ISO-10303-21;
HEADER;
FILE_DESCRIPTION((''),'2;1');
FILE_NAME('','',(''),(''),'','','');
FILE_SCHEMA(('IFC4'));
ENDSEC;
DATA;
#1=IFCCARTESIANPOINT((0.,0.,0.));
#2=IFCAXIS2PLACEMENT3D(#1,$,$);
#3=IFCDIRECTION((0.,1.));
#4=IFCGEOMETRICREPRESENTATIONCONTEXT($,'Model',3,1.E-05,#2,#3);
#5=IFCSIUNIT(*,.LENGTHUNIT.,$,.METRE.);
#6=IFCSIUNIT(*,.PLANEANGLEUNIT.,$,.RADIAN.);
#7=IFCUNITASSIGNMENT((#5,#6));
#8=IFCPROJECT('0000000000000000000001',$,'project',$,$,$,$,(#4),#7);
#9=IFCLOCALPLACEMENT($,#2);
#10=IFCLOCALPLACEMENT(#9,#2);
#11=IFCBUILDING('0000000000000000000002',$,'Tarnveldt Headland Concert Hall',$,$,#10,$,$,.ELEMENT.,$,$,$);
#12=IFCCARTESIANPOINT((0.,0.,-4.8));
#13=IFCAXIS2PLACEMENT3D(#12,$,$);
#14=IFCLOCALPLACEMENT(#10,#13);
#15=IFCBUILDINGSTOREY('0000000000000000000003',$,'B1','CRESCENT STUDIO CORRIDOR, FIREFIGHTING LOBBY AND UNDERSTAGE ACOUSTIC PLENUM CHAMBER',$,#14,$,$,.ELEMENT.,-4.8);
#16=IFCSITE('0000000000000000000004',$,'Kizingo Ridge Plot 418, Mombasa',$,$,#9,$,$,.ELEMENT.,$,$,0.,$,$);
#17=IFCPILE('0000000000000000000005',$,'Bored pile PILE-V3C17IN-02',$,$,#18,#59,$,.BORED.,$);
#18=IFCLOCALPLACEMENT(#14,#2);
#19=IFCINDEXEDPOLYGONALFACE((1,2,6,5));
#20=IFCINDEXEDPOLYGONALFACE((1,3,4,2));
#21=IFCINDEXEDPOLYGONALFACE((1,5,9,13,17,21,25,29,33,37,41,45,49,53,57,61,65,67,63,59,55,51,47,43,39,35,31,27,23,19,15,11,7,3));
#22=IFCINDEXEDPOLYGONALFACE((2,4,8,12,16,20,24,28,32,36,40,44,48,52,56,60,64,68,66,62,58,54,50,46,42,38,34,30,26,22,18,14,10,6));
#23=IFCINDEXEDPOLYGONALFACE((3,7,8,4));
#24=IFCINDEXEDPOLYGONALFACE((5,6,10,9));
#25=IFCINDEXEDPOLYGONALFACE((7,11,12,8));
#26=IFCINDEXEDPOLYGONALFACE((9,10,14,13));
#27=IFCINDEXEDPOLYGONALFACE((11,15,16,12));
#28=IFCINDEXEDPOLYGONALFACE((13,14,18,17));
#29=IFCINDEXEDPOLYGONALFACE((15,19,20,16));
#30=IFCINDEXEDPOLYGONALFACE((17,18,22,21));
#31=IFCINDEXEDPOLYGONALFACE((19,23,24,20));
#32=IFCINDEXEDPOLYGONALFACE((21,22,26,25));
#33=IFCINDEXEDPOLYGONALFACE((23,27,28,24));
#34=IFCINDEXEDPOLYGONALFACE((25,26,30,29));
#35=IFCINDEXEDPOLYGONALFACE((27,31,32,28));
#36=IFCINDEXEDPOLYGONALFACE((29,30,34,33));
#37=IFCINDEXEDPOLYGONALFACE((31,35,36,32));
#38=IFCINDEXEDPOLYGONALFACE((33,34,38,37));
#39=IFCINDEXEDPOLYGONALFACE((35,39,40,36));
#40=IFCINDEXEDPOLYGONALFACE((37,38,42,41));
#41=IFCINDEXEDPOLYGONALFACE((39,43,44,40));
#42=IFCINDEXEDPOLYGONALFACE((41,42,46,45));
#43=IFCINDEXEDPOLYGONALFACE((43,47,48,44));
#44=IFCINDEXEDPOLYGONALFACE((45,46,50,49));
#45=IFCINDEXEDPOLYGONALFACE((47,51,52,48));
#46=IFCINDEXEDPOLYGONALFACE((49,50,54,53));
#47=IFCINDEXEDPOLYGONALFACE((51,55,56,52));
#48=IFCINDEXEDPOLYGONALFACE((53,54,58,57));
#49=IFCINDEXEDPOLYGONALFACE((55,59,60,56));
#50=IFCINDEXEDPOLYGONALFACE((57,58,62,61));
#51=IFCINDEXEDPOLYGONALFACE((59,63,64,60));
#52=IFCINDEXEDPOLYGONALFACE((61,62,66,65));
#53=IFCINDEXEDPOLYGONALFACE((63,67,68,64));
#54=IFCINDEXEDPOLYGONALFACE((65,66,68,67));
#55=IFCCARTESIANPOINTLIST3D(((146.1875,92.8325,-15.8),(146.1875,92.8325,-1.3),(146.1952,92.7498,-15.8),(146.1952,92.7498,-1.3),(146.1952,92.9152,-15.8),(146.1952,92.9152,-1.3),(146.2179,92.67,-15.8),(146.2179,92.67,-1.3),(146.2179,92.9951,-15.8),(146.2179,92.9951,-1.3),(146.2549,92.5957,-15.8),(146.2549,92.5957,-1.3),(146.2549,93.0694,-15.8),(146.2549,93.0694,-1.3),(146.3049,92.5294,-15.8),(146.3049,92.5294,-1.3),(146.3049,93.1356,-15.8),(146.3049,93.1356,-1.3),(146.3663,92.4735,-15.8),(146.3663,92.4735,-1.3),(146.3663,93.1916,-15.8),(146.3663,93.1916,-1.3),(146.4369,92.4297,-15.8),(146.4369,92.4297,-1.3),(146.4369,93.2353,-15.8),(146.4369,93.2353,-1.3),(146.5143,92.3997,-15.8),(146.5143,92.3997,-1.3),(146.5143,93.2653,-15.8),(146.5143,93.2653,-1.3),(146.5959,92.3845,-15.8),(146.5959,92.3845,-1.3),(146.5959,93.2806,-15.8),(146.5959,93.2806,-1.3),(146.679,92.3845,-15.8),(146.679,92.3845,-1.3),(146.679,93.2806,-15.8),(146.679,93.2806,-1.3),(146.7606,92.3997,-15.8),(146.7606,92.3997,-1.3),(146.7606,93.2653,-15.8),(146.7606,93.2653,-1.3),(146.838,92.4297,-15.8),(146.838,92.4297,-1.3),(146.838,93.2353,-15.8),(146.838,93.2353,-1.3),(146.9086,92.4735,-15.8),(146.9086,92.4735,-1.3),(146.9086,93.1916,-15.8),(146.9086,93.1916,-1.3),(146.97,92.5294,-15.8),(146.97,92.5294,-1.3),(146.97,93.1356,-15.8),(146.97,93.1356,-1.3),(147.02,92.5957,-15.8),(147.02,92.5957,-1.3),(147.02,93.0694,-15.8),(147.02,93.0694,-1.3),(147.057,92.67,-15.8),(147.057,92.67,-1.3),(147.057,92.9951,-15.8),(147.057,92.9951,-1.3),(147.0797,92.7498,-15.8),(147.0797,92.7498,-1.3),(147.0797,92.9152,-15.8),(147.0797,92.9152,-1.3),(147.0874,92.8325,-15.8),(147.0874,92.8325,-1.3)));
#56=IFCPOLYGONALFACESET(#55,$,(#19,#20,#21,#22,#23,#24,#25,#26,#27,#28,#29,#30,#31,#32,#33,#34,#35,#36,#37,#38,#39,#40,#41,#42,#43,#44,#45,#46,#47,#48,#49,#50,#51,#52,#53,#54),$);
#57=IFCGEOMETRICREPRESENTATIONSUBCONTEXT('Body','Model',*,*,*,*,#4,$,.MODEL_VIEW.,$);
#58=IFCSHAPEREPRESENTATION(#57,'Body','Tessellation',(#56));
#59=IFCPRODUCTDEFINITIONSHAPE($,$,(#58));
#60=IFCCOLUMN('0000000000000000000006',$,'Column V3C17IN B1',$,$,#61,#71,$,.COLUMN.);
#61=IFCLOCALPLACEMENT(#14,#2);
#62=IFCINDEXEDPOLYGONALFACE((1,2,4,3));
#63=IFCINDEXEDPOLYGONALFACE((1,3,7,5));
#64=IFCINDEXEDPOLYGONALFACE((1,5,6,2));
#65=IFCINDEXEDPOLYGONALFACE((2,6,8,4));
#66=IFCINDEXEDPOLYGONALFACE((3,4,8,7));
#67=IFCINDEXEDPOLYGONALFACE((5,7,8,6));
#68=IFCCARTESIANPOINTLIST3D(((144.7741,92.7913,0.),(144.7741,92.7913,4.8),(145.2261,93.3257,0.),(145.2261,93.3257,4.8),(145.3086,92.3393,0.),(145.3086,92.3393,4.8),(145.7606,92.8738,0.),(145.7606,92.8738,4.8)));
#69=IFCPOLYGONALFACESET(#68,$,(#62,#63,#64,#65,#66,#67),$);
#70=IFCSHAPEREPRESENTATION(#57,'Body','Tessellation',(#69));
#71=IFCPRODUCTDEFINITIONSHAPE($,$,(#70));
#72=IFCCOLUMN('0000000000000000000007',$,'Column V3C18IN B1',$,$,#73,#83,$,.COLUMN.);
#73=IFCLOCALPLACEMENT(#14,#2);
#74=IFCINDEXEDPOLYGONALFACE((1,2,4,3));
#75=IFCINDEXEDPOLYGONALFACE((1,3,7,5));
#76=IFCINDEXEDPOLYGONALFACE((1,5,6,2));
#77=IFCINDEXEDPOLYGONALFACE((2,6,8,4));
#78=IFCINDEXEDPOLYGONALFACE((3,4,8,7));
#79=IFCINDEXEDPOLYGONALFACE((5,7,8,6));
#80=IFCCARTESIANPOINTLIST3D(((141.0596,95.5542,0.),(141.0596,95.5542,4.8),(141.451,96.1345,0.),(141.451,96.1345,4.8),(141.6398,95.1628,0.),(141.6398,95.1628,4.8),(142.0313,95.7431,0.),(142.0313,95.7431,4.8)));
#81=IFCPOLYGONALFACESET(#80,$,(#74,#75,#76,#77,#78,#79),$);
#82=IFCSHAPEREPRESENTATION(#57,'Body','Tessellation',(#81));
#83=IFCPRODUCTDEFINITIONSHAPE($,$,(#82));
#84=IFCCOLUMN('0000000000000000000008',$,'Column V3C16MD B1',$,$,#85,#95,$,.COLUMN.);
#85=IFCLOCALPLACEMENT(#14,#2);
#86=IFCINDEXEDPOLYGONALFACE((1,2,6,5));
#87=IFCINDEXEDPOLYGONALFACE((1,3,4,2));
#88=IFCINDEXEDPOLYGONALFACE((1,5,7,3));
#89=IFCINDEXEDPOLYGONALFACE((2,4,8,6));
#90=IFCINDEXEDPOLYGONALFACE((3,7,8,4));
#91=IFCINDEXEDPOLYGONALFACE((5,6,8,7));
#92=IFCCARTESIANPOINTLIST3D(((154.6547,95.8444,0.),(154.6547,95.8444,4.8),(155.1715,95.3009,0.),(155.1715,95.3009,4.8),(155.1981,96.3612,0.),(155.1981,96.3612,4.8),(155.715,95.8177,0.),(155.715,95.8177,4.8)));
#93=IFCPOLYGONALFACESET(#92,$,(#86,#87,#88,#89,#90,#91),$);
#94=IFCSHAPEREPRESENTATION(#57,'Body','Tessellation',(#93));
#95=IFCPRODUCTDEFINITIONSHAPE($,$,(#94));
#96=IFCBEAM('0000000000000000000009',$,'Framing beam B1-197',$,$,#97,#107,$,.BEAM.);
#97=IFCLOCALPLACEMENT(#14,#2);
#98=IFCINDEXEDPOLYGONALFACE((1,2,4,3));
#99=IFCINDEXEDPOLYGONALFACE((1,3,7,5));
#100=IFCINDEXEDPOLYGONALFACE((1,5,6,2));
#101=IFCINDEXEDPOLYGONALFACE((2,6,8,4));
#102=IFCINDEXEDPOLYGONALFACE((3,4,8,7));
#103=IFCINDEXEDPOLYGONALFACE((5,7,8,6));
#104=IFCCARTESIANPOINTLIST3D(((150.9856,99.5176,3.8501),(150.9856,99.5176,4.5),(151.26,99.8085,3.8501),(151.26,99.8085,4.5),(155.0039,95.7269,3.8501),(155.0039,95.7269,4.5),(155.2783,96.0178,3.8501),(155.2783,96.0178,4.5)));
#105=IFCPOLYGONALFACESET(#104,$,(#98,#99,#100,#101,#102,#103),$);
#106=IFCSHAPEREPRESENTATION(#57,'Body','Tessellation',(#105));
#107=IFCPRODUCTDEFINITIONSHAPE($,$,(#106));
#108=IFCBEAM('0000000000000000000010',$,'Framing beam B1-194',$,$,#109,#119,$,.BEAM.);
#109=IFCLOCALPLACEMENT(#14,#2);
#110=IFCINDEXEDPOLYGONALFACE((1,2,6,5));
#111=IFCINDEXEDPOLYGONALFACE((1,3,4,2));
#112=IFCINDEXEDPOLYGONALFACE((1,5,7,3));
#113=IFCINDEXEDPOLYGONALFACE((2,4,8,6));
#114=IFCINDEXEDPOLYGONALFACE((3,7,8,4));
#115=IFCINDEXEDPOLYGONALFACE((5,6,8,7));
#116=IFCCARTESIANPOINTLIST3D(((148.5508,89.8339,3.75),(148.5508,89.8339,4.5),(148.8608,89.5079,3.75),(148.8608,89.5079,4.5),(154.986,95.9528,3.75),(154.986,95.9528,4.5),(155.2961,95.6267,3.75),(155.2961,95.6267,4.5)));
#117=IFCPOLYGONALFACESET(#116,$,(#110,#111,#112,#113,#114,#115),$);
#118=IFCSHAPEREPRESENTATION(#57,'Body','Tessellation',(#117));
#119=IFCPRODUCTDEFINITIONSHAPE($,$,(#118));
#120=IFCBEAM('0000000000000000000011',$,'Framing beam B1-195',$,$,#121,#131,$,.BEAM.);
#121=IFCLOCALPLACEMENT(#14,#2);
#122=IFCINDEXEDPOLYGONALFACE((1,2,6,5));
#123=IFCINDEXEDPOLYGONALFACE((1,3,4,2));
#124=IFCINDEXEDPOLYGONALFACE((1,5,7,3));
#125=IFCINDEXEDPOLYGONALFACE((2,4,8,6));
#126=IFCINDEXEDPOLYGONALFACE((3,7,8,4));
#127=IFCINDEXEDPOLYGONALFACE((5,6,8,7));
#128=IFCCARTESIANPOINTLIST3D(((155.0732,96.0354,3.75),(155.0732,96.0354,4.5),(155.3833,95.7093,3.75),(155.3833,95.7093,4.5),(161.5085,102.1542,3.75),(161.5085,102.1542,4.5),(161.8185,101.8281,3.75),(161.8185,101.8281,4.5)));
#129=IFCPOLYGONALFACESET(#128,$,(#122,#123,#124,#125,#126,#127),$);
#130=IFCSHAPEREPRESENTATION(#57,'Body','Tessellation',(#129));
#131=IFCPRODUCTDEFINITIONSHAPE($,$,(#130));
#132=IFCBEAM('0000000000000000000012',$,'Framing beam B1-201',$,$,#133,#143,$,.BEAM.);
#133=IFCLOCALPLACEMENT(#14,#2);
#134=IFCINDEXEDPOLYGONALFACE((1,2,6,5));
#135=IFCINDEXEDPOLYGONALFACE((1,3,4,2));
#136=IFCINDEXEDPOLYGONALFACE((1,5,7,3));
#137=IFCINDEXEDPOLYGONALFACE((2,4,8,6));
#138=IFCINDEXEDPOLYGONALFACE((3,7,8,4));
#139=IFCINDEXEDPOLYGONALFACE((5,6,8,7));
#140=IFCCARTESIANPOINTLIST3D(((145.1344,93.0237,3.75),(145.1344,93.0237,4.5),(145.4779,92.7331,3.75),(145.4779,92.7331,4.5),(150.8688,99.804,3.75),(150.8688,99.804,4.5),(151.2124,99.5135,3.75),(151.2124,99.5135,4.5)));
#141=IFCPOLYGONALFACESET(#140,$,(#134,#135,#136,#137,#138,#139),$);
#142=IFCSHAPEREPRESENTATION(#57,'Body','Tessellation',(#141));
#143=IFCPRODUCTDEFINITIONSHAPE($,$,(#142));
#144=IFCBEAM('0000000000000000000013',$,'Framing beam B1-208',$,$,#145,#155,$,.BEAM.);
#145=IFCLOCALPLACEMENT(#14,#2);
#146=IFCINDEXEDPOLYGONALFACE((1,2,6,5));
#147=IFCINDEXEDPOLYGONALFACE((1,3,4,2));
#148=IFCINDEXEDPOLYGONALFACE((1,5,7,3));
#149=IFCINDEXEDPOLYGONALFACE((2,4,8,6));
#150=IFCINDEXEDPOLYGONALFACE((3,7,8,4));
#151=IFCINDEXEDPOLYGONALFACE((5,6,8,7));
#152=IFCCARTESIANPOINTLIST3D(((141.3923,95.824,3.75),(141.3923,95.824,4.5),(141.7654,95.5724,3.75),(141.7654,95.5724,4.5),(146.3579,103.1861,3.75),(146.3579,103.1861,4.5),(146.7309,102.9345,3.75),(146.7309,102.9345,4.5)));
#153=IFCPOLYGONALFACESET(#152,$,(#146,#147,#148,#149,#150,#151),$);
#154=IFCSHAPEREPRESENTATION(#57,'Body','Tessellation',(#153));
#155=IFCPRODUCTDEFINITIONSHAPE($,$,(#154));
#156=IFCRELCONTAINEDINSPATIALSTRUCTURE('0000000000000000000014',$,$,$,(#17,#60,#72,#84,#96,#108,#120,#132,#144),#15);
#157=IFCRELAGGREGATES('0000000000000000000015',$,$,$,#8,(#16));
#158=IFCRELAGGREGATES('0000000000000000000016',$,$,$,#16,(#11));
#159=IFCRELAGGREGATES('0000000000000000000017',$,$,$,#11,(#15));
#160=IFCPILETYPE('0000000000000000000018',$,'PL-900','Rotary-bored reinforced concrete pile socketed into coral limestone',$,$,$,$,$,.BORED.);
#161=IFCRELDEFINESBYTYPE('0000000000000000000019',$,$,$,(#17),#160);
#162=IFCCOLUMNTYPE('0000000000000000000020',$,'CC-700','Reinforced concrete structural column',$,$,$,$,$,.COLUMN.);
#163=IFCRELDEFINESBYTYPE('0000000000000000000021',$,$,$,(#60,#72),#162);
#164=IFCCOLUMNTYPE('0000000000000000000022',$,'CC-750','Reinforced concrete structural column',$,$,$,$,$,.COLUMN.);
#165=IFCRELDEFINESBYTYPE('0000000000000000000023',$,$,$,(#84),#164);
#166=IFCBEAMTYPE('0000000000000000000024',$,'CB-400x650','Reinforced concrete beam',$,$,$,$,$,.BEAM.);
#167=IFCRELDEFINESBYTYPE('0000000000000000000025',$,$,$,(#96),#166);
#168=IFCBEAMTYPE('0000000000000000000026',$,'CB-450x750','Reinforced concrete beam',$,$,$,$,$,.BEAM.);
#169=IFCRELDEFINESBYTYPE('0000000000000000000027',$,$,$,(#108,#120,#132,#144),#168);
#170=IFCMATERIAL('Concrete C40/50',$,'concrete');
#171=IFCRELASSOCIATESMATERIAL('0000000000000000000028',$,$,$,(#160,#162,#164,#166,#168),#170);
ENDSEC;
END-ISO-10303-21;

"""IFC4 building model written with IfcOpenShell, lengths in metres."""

from ifc_helpers import new_model, si_unit, direction, frame, origin, origin_2d, place, context, subcontext, project, spatial, rectangle, circle, extrude, material, material_profile, profile_set, type_object, element, save


model = new_model("IFC4")

# Units and contexts
model_context = context("Model", 3, precision=1e-05, world=origin(), true_north=direction((0.0, 1.0)))
body_context = subcontext(model_context, "Body", "Model", "MODEL_VIEW")
ifc_project = project(units=[si_unit("LENGTHUNIT", "METRE"), si_unit("PLANEANGLEUNIT", "RADIAN")], contexts=[model_context])

# Site, building, storey
site_placement = place(None, origin())
site = spatial("IfcSite", under=ifc_project, at=site_placement, Name="Kizingo Ridge Plot 418, Mombasa", CompositionType="ELEMENT", RefElevation=0.0)
building_placement = place(site_placement, origin())
building = spatial("IfcBuilding", under=site, at=building_placement, Name="Tarnveldt Headland Concert Hall", CompositionType="ELEMENT")
storey_placement = place(building_placement, frame((0.0, 0.0, -4.8)))
storey = spatial("IfcBuildingStorey", under=building, at=storey_placement, Name="B1", Description="CRESCENT STUDIO CORRIDOR, FIREFIGHTING LOBBY AND UNDERSTAGE ACOUSTIC PLENUM CHAMBER", CompositionType="ELEMENT", Elevation=-4.8)

# Shared definitions
ifc_material_1 = material(Name="Concrete C40/50", Category="concrete")

# Pile
ifc_material_profile_1 = material_profile(ifc_material_1, circle(Radius=0.45, at=origin_2d()), Name="BORED PILE D900", Category="concrete")
ifc_profile_set_1 = profile_set([ifc_material_profile_1], Name="Concrete C40/50")
pile_type_1 = type_object("IfcPileType", Name="PL-900", Description="Rotary-bored reinforced concrete pile socketed into coral limestone", PredefinedType="BORED", material=ifc_profile_set_1)
for number, where, z_axis, x_axis, name in (
    (1, (146.6375, 92.8325, -1.3), (0.0, 0.0, -1.0), (1.0, 0.0, 0.0), "Bored pile PILE-V3C17IN-02"),
):
    element("IfcPile", number, at=place(storey_placement, frame(where, z_axis=z_axis, x_axis=x_axis)), inside=storey, type_object=pile_type_1, Name=name, PredefinedType="BORED", context=body_context, shape_type="SweptSolid", body=[
        extrude(circle(Radius=0.45, at=origin_2d()), origin(), (0.0, 0.0, 1.0), 14.5),
    ])

# Columns
ifc_material_profile_2 = material_profile(ifc_material_1, rectangle(XDim=0.7, YDim=0.7, at=origin_2d()), Name="RC 700x700", Category="concrete")
ifc_profile_set_2 = profile_set([ifc_material_profile_2], Name="Concrete C40/50")
column_type_1 = type_object("IfcColumnType", Name="CC-700", Description="Reinforced concrete structural column", PredefinedType="COLUMN", material=ifc_profile_set_2)
for number, where, z_axis, x_axis, name in (
    (2, (145.2673, 92.8325, 0.0), (0.0, 0.0, 1.0), (0.645724, 0.763571, 0.0), "Column V3C17IN B1"),
    (3, (141.5454, 95.6487, 0.0), (0.0, 0.0, 1.0), (0.559193, 0.829038, 0.0), "Column V3C18IN B1"),
):
    element("IfcColumn", number, at=place(storey_placement, frame(where, z_axis=z_axis, x_axis=x_axis)), inside=storey, type_object=column_type_1, Name=name, PredefinedType="COLUMN", context=body_context, shape_type="SweptSolid", body=[
        extrude(rectangle(XDim=0.7, YDim=0.7, at=origin_2d()), origin(), (0.0, 0.0, 1.0), 4.8),
    ])
ifc_material_profile_3 = material_profile(ifc_material_1, rectangle(XDim=0.75, YDim=0.75, at=origin_2d()), Name="RC 750x750", Category="concrete")
ifc_profile_set_3 = profile_set([ifc_material_profile_3], Name="Concrete C40/50")
column_type_2 = type_object("IfcColumnType", Name="CC-750", Description="Reinforced concrete structural column", PredefinedType="COLUMN", material=ifc_profile_set_3)
column_placement = place(storey_placement, frame((155.1848, 95.8311, 0.0), z_axis=(0.0, 0.0, 1.0), x_axis=(0.724653, 0.689114, 0.0)))
element("IfcColumn", 4, at=column_placement, inside=storey, type_object=column_type_2, Name="Column V3C16MD B1", PredefinedType="COLUMN", context=body_context, shape_type="SweptSolid", body=[
    extrude(rectangle(XDim=0.75, YDim=0.75, at=origin_2d()), origin(), (0.0, 0.0, 1.0), 4.8),
])

# Beams
ifc_material_profile_4 = material_profile(ifc_material_1, rectangle(XDim=0.3999, YDim=0.6499, at=origin_2d()), Name="RC 400x650", Category="concrete")
ifc_profile_set_4 = profile_set([ifc_material_profile_4], Name="Concrete C40/50")
beam_type_1 = type_object("IfcBeamType", Name="CB-400x650", Description="Reinforced concrete beam", PredefinedType="BEAM", material=ifc_profile_set_4)
beam_1_placement = place(storey_placement, frame((155.1411, 95.8723, 4.175), z_axis=(-0.727402, 0.686212, 0.0), x_axis=(-0.686212, -0.727402, 0.0)))
element("IfcBeam", 5, at=beam_1_placement, inside=storey, type_object=beam_type_1, Name="Framing beam B1-197", PredefinedType="BEAM", context=body_context, shape_type="SweptSolid", body=[
    extrude(rectangle(XDim=0.3999, YDim=0.6499, at=origin_2d()), origin(), (0.0, 0.0, 1.0), 5.5242),
])
ifc_material_profile_5 = material_profile(ifc_material_1, rectangle(XDim=0.45, YDim=0.75, at=origin_2d()), Name="RC 450x750", Category="concrete")
ifc_profile_set_5 = profile_set([ifc_material_profile_5], Name="Concrete C40/50")
beam_type_2 = type_object("IfcBeamType", Name="CB-450x750", Description="Reinforced concrete beam", PredefinedType="BEAM", material=ifc_profile_set_5)
for number, where, z_axis, x_axis, name in (
    (6, (148.7058, 89.6709, 4.125), (0.724698, 0.689067, 0.0), (-0.689067, 0.724698, 0.0), "Framing beam B1-194"),
    (7, (155.2283, 95.8723, 4.125), (0.724698, 0.689067, 0.0), (-0.689067, 0.724698, 0.0), "Framing beam B1-195"),
):
    element("IfcBeam", number, at=place(storey_placement, frame(where, z_axis=z_axis, x_axis=x_axis)), inside=storey, type_object=beam_type_2, Name=name, PredefinedType="BEAM", context=body_context, shape_type="SweptSolid", body=[
        extrude(rectangle(XDim=0.45, YDim=0.75, at=origin_2d()), origin(), (0.0, 0.0, 1.0), 8.8799),
    ])
for number, where, z_axis, x_axis, name in (
    (8, (145.3062, 92.8784, 4.125), (0.64576, 0.763541, 0.0), (-0.763541, 0.64576, 0.0), "Framing beam B1-201"),
    (9, (141.5789, 95.6982, 4.125), (0.559178, 0.829048, 0.0), (-0.829048, 0.559178, 0.0), "Framing beam B1-208"),
):
    element("IfcBeam", number, at=place(storey_placement, frame(where, z_axis=z_axis, x_axis=x_axis)), inside=storey, type_object=beam_type_2, Name=name, PredefinedType="BEAM", context=body_context, shape_type="SweptSolid", body=[
        extrude(rectangle(XDim=0.45, YDim=0.75, at=origin_2d()), origin(), (0.0, 0.0, 1.0), 8.8801),
    ])

save(model, "model.ifc")
